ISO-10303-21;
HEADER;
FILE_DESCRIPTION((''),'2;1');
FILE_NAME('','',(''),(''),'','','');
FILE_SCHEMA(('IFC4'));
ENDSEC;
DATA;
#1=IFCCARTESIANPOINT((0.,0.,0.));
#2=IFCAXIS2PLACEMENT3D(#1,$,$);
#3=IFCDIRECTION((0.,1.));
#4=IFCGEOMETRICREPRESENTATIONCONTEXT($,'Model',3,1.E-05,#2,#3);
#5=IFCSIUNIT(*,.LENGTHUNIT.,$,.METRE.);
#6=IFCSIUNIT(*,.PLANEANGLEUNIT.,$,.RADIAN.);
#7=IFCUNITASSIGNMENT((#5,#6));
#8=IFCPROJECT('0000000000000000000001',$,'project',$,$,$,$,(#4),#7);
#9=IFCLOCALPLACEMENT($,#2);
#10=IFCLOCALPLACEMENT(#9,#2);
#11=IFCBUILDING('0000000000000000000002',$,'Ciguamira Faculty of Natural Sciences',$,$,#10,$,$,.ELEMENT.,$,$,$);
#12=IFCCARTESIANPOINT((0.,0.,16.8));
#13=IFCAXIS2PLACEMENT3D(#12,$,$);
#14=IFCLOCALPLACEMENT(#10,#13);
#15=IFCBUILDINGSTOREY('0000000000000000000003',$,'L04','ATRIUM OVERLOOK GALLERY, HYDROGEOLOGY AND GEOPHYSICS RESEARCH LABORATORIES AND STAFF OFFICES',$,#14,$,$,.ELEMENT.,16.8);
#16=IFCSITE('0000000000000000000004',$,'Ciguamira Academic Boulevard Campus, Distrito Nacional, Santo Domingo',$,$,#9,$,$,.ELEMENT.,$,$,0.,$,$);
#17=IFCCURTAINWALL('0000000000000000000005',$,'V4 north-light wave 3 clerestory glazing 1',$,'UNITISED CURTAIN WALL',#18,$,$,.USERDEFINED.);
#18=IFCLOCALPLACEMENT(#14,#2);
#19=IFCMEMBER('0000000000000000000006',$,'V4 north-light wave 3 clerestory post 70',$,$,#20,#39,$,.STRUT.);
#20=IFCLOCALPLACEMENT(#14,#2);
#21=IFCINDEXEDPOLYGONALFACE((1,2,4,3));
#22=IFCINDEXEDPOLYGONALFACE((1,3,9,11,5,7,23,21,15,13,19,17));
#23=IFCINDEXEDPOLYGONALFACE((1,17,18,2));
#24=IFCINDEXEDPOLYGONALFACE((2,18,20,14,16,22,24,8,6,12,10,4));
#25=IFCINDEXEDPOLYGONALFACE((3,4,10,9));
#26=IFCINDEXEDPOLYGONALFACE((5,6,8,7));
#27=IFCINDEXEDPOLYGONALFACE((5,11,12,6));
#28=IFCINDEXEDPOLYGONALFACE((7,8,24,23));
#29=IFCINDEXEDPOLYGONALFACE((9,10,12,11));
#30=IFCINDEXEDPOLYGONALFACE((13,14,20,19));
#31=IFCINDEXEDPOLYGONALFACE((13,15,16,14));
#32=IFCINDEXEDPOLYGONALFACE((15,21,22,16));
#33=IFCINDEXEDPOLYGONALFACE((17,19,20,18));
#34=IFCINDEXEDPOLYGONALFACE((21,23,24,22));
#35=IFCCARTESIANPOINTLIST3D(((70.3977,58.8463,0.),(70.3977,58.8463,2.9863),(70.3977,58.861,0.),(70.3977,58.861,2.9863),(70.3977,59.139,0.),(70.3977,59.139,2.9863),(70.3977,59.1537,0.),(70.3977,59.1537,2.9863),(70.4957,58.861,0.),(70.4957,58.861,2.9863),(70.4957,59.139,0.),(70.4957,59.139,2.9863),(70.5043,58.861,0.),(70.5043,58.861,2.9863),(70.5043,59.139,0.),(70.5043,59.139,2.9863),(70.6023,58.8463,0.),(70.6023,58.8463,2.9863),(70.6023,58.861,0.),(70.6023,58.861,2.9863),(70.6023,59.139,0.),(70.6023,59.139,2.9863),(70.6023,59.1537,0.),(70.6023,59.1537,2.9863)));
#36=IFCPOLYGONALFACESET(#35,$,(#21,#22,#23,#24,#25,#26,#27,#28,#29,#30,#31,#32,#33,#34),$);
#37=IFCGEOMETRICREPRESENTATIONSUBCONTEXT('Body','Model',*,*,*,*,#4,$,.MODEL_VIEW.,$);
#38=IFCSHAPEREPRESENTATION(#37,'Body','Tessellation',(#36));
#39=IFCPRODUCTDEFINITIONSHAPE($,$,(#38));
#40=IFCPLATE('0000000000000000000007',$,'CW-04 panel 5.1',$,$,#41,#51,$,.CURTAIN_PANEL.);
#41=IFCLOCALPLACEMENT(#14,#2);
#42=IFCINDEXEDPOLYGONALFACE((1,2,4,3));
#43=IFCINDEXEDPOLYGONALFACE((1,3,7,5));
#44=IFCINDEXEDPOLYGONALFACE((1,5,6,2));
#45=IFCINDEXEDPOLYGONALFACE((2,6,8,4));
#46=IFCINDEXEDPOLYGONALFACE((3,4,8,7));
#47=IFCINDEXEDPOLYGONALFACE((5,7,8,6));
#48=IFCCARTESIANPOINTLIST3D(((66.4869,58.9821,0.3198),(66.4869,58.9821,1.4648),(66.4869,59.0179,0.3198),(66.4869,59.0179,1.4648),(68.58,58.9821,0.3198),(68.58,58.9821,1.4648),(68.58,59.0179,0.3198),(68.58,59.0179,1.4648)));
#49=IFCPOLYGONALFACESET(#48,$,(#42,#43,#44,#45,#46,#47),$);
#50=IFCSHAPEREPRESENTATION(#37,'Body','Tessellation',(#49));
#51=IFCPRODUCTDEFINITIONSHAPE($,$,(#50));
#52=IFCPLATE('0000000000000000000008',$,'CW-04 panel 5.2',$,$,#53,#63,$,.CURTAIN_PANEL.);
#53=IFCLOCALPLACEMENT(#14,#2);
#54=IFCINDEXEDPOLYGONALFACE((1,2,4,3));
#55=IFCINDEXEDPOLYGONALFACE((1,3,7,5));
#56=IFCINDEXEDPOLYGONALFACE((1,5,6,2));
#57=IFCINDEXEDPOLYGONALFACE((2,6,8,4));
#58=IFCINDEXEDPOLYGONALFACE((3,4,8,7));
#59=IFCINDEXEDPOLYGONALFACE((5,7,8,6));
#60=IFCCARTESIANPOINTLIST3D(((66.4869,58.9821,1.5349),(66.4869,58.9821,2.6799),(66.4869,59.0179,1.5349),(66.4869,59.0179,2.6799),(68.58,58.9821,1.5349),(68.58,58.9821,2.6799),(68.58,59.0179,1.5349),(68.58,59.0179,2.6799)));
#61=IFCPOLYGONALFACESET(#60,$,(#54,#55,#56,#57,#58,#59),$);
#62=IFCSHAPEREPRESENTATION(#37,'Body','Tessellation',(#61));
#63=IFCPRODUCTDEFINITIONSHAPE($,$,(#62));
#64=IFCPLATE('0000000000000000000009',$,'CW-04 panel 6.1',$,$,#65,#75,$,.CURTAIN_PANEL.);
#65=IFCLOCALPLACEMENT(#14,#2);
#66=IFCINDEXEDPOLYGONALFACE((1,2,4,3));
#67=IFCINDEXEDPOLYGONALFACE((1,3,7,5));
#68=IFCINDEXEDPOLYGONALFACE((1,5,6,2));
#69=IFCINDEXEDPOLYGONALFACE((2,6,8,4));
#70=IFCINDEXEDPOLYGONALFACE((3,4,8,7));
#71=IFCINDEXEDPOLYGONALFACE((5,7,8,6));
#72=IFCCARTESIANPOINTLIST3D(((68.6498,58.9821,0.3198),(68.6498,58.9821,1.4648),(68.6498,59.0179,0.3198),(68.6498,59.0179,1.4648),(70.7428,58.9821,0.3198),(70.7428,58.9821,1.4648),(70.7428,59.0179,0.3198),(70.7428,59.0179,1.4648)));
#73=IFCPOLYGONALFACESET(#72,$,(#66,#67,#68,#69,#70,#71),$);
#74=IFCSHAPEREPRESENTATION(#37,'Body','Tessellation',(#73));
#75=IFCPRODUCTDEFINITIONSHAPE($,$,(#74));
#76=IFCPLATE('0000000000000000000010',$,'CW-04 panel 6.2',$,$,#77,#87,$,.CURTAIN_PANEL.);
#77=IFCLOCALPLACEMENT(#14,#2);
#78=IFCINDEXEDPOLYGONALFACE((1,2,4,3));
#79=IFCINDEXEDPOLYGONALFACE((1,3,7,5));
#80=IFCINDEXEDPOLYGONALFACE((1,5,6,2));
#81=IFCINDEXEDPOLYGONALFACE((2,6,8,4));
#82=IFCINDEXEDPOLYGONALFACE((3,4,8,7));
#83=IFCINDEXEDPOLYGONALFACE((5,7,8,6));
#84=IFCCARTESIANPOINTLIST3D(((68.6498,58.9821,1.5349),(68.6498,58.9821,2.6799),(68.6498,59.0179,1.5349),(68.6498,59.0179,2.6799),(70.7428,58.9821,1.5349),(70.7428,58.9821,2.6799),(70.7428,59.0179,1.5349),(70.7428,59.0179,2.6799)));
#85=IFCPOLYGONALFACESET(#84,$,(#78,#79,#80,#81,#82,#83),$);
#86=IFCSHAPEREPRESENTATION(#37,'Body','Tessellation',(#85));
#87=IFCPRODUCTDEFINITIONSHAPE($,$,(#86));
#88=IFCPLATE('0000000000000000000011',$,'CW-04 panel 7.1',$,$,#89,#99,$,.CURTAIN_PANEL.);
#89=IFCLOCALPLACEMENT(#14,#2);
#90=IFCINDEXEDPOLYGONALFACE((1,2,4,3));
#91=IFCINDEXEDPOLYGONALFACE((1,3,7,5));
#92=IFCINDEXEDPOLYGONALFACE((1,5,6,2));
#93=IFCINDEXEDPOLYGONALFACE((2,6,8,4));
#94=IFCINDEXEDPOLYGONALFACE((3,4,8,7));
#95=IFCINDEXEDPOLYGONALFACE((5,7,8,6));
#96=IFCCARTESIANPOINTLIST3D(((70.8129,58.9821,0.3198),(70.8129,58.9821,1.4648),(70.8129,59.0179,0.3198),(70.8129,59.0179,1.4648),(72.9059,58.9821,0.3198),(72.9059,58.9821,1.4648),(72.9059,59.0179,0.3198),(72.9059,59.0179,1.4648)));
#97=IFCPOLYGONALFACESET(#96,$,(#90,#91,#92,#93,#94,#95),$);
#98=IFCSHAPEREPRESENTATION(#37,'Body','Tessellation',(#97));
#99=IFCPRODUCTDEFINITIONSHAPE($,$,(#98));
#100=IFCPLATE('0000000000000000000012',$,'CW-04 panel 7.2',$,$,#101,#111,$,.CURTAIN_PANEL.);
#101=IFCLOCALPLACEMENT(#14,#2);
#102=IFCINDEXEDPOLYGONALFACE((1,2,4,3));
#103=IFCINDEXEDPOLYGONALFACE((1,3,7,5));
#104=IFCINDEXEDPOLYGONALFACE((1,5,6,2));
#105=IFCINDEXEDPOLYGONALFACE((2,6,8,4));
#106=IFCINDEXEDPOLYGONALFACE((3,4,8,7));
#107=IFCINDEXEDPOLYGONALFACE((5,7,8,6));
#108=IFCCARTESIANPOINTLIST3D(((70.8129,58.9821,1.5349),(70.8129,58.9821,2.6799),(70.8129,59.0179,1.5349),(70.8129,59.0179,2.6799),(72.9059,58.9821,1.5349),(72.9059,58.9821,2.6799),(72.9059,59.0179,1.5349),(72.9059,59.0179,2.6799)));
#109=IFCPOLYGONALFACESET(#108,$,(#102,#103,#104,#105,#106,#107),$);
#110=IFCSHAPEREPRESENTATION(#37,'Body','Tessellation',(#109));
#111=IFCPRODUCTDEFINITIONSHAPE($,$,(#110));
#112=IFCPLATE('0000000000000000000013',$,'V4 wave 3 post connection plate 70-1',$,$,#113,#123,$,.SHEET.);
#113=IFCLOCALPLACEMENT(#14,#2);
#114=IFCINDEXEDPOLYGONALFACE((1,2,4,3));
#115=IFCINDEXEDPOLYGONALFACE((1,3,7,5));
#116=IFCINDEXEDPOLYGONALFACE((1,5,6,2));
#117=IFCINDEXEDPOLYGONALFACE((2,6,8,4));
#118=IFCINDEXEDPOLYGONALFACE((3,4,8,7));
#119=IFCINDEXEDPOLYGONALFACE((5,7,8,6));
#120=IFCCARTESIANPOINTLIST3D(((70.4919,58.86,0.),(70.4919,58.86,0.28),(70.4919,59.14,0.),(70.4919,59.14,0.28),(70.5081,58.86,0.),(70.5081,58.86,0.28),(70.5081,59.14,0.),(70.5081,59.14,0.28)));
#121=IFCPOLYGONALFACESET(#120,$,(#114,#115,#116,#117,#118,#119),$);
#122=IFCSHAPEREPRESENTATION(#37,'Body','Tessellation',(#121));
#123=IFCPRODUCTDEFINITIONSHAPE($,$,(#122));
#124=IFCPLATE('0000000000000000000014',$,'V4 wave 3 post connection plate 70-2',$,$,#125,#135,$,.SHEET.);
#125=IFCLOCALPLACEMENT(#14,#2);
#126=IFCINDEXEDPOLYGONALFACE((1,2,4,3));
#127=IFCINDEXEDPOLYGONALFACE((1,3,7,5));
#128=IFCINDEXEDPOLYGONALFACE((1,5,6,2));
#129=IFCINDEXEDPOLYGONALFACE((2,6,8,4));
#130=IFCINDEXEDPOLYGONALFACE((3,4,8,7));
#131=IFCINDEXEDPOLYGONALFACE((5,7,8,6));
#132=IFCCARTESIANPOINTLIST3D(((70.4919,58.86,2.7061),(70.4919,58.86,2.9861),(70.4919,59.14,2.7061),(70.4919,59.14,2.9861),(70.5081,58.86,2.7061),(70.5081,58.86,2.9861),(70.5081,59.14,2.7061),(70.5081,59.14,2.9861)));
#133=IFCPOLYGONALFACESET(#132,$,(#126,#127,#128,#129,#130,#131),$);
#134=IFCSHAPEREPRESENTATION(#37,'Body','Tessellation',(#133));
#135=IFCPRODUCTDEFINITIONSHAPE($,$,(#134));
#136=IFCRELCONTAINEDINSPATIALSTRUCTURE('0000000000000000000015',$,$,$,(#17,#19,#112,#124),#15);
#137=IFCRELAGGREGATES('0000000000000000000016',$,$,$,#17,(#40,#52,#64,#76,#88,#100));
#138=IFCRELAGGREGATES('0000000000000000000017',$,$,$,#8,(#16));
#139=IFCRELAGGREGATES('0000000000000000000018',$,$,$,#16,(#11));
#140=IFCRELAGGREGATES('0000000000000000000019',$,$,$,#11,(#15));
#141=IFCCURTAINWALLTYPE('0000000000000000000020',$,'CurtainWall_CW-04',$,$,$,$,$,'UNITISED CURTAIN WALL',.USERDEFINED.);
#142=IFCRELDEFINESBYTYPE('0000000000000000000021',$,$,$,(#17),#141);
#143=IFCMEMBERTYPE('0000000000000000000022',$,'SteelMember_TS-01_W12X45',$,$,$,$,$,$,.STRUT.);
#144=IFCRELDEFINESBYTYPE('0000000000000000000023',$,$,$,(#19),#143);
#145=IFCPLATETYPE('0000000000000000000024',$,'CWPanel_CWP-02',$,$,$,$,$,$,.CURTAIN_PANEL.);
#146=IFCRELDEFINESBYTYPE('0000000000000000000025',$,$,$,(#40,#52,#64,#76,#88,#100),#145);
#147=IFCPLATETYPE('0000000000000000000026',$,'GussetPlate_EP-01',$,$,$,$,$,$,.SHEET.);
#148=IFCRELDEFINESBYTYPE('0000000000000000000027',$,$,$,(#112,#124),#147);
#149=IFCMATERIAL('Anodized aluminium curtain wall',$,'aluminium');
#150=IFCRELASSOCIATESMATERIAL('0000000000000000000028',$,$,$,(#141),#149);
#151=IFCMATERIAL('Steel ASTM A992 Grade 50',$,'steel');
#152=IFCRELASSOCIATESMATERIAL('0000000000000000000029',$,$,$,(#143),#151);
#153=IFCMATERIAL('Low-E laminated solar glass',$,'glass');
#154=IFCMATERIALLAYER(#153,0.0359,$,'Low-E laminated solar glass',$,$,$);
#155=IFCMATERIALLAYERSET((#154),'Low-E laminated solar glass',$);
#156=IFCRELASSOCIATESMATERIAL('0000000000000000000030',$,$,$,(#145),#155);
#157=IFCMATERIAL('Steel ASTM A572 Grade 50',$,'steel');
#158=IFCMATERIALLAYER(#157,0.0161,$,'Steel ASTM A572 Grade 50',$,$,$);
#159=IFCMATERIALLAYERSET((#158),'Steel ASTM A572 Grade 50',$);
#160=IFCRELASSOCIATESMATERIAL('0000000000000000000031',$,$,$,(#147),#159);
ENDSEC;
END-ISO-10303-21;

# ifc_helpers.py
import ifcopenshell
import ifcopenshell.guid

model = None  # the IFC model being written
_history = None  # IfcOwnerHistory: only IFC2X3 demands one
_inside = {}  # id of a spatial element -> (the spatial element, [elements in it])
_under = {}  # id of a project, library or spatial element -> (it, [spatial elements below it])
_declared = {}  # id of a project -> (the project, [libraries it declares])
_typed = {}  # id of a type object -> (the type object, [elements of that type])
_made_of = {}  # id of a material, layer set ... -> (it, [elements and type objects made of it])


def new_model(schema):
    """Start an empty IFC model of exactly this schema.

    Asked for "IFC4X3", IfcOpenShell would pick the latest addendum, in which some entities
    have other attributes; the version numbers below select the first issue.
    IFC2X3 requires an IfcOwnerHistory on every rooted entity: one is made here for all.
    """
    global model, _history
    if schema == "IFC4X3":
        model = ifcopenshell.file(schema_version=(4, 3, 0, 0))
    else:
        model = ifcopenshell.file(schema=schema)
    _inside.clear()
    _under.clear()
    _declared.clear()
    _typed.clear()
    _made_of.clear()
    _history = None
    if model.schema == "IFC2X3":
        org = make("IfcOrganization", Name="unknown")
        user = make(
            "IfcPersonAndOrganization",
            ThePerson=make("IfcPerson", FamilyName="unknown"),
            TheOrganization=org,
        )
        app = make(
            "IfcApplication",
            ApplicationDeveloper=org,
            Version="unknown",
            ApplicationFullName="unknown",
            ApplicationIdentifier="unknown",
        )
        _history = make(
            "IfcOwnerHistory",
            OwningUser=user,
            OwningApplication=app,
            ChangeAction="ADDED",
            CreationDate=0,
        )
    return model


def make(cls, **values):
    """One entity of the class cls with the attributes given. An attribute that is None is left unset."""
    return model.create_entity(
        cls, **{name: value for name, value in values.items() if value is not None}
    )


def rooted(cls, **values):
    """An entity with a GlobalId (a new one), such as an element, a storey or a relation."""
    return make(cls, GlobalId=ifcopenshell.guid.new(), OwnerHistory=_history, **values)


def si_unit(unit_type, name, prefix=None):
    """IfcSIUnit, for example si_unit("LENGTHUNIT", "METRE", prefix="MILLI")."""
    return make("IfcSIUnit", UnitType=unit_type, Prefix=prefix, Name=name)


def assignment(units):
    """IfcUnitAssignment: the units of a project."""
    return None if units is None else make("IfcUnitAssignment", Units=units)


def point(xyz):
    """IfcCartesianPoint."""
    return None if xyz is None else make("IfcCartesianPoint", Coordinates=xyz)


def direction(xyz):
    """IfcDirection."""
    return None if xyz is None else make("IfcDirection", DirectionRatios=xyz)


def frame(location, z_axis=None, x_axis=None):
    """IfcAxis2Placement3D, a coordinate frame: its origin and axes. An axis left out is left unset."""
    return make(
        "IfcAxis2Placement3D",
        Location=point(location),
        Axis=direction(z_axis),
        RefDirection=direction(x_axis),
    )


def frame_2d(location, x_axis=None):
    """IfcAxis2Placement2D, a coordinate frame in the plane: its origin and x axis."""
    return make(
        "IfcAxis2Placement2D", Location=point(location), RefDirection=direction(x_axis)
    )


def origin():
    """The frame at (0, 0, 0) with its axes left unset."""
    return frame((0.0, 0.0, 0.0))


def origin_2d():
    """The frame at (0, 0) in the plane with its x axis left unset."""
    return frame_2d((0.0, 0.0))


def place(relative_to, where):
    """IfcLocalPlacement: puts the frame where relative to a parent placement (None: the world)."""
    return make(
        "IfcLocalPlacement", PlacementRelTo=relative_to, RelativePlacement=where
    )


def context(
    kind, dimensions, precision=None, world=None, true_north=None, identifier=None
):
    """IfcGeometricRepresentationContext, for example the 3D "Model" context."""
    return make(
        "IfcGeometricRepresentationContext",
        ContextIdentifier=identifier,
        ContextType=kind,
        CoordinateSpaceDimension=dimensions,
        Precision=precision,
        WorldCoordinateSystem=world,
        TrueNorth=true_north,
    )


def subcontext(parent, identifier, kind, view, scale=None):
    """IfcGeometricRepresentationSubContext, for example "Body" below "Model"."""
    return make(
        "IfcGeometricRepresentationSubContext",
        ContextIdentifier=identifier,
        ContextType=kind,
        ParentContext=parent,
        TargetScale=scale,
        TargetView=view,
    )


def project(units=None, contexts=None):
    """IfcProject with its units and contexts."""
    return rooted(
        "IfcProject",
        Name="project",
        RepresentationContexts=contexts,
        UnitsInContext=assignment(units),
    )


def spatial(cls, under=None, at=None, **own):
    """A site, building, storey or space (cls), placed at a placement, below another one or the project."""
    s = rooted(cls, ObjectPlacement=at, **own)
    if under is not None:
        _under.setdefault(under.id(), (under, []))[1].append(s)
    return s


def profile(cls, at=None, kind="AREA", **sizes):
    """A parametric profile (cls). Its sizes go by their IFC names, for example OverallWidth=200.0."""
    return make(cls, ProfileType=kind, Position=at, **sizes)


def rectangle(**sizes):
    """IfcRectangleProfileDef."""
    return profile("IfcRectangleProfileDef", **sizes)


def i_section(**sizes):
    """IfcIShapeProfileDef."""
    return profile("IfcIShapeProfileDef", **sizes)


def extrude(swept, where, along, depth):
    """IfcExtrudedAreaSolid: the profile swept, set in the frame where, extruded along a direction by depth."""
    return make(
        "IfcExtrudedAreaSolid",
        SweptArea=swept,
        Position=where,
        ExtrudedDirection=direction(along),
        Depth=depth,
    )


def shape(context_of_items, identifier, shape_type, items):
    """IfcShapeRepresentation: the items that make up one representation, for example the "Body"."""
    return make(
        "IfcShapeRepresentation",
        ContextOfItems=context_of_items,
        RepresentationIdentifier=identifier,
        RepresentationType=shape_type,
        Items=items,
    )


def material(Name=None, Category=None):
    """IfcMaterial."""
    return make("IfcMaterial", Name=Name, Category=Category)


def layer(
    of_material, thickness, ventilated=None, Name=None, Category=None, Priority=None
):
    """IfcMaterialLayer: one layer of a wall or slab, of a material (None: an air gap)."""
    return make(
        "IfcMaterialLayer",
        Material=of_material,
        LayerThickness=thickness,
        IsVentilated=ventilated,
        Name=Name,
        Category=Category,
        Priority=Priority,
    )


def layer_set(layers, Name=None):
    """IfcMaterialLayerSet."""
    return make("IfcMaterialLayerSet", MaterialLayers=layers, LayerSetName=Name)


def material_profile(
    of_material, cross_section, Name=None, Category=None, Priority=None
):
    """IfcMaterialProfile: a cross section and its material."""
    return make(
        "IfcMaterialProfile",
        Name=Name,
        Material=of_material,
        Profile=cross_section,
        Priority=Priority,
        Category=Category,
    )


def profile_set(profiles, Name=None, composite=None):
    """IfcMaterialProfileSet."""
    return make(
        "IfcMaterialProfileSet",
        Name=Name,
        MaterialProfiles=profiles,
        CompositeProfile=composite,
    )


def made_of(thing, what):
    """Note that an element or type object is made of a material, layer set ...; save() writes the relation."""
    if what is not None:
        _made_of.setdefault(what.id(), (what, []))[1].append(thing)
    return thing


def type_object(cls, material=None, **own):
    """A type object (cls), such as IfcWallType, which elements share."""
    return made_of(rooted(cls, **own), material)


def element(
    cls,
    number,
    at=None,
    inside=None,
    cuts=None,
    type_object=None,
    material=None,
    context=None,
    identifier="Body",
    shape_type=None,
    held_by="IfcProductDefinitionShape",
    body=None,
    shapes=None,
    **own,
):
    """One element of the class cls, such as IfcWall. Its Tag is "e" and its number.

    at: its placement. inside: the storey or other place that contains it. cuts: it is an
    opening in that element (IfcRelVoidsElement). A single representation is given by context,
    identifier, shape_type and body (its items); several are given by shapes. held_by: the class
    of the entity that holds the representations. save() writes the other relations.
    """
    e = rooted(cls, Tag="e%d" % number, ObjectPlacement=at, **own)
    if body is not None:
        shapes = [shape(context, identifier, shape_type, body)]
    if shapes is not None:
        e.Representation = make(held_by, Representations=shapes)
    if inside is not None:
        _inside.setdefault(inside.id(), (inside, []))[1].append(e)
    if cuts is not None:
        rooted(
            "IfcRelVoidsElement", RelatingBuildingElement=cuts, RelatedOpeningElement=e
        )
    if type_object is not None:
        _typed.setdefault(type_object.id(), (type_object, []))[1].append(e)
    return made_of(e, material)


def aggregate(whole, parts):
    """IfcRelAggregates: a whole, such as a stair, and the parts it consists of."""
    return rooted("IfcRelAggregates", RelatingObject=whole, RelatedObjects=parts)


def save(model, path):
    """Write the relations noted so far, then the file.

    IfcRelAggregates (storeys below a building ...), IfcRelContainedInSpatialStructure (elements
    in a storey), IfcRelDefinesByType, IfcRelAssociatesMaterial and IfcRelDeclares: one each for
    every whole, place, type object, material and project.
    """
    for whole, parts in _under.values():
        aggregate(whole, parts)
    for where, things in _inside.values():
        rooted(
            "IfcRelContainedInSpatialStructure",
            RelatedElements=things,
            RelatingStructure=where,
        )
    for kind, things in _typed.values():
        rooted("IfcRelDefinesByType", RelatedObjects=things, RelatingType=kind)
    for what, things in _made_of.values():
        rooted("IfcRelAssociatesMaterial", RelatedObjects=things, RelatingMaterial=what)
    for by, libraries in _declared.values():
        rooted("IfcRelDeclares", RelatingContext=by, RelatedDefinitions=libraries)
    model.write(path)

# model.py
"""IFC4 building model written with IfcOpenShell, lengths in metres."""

from ifc_helpers import new_model, si_unit, direction, frame, origin, origin_2d, place, context, subcontext, project, spatial, rectangle, i_section, extrude, material, layer, layer_set, material_profile, profile_set, type_object, element, aggregate, save


model = new_model("IFC4")

# Units and contexts
model_context = context("Model", 3, precision=1e-05, world=origin(), true_north=direction((0.0, 1.0)))
body_context = subcontext(model_context, "Body", "Model", "MODEL_VIEW")
ifc_project = project(units=[si_unit("LENGTHUNIT", "METRE"), si_unit("PLANEANGLEUNIT", "RADIAN")], contexts=[model_context])

# Site, building, storey
site_placement = place(None, origin())
site = spatial("IfcSite", under=ifc_project, at=site_placement, Name="Ciguamira Academic Boulevard Campus, Distrito Nacional, Santo Domingo", CompositionType="ELEMENT", RefElevation=0.0)
building_placement = place(site_placement, origin())
building = spatial("IfcBuilding", under=site, at=building_placement, Name="Ciguamira Faculty of Natural Sciences", CompositionType="ELEMENT")
storey_placement = place(building_placement, frame((0.0, 0.0, 16.8)))
storey = spatial("IfcBuildingStorey", under=building, at=storey_placement, Name="L04", Description="ATRIUM OVERLOOK GALLERY, HYDROGEOLOGY AND GEOPHYSICS RESEARCH LABORATORIES AND STAFF OFFICES", CompositionType="ELEMENT", Elevation=16.8)

# Curtain wall
ifc_material_1 = material(Name="Anodized aluminium curtain wall", Category="aluminium")
curtain_wall_type = type_object("IfcCurtainWallType", Name="CurtainWall_CW-04", ElementType="UNITISED CURTAIN WALL", PredefinedType="USERDEFINED", material=ifc_material_1)
curtain_wall_placement = place(storey_placement, origin())
curtain_wall = element("IfcCurtainWall", 1, at=curtain_wall_placement, inside=storey, type_object=curtain_wall_type, Name="V4 north-light wave 3 clerestory glazing 1", ObjectType="UNITISED CURTAIN WALL", PredefinedType="USERDEFINED")

# Member
ifc_material_2 = material(Name="Steel ASTM A992 Grade 50", Category="steel")
ifc_material_profile_1 = material_profile(ifc_material_2, i_section(OverallWidth=0.2046, OverallDepth=0.3074, WebThickness=0.0085, FlangeThickness=0.0146, at=origin_2d()), Name="W12X45")
ifc_profile_set_1 = profile_set([ifc_material_profile_1], Name="Steel ASTM A992 Grade 50")
member_type_1 = type_object("IfcMemberType", Name="SteelMember_TS-01_W12X45", PredefinedType="STRUT", material=ifc_profile_set_1)
member_1_placement = place(storey_placement, frame((70.5, 59.0, 0.0), z_axis=(0.0, 0.0, 1.0), x_axis=(1.0, 0.0, 0.0)))
element("IfcMember", 2, at=member_1_placement, inside=storey, type_object=member_type_1, Name="V4 north-light wave 3 clerestory post 70", PredefinedType="STRUT", context=body_context, shape_type="SweptSolid", body=[
    extrude(i_section(OverallWidth=0.2046, OverallDepth=0.3074, WebThickness=0.0085, FlangeThickness=0.0146, at=origin_2d()), origin(), (0.0, 0.0, 1.0), 2.9863),
])

# Plates
ifc_material_3 = material(Name="Low-E laminated solar glass", Category="glass")
ifc_layer_1 = layer(ifc_material_3, 0.0359, Name="Low-E laminated solar glass")
ifc_layer_set_1 = layer_set([ifc_layer_1], Name="Low-E laminated solar glass")
plate_type_1 = type_object("IfcPlateType", Name="CWPanel_CWP-02", PredefinedType="CURTAIN_PANEL", material=ifc_layer_set_1)
plate_1_placement = place(storey_placement, frame((67.5334, 59.0, 0.3198), z_axis=(0.0, 0.0, 1.0), x_axis=(1.0, 0.0, 0.0)))
plate_1 = element("IfcPlate", 3, at=plate_1_placement, type_object=plate_type_1, Name="CW-04 panel 5.1", PredefinedType="CURTAIN_PANEL", context=body_context, shape_type="SweptSolid", body=[
    extrude(rectangle(XDim=2.093, YDim=0.0359, at=origin_2d()), origin(), (0.0, 0.0, 1.0), 1.145),
])
plate_2_placement = place(storey_placement, frame((67.5334, 59.0, 1.5349), z_axis=(0.0, 0.0, 1.0), x_axis=(1.0, 0.0, 0.0)))
plate_2 = element("IfcPlate", 4, at=plate_2_placement, type_object=plate_type_1, Name="CW-04 panel 5.2", PredefinedType="CURTAIN_PANEL", context=body_context, shape_type="SweptSolid", body=[
    extrude(rectangle(XDim=2.093, YDim=0.0359, at=origin_2d()), origin(), (0.0, 0.0, 1.0), 1.145),
])
plate_3_placement = place(storey_placement, frame((69.6963, 59.0, 0.3198), z_axis=(0.0, 0.0, 1.0), x_axis=(1.0, 0.0, 0.0)))
plate_3 = element("IfcPlate", 5, at=plate_3_placement, type_object=plate_type_1, Name="CW-04 panel 6.1", PredefinedType="CURTAIN_PANEL", context=body_context, shape_type="SweptSolid", body=[
    extrude(rectangle(XDim=2.093, YDim=0.0359, at=origin_2d()), origin(), (0.0, 0.0, 1.0), 1.145),
])
plate_4_placement = place(storey_placement, frame((69.6963, 59.0, 1.5349), z_axis=(0.0, 0.0, 1.0), x_axis=(1.0, 0.0, 0.0)))
plate_4 = element("IfcPlate", 6, at=plate_4_placement, type_object=plate_type_1, Name="CW-04 panel 6.2", PredefinedType="CURTAIN_PANEL", context=body_context, shape_type="SweptSolid", body=[
    extrude(rectangle(XDim=2.093, YDim=0.0359, at=origin_2d()), origin(), (0.0, 0.0, 1.0), 1.145),
])
plate_5_placement = place(storey_placement, frame((71.8594, 59.0, 0.3198), z_axis=(0.0, 0.0, 1.0), x_axis=(1.0, 0.0, 0.0)))
plate_5 = element("IfcPlate", 7, at=plate_5_placement, type_object=plate_type_1, Name="CW-04 panel 7.1", PredefinedType="CURTAIN_PANEL", context=body_context, shape_type="SweptSolid", body=[
    extrude(rectangle(XDim=2.093, YDim=0.0359, at=origin_2d()), origin(), (0.0, 0.0, 1.0), 1.145),
])
plate_6_placement = place(storey_placement, frame((71.8594, 59.0, 1.5349), z_axis=(0.0, 0.0, 1.0), x_axis=(1.0, 0.0, 0.0)))
plate_6 = element("IfcPlate", 8, at=plate_6_placement, type_object=plate_type_1, Name="CW-04 panel 7.2", PredefinedType="CURTAIN_PANEL", context=body_context, shape_type="SweptSolid", body=[
    extrude(rectangle(XDim=2.093, YDim=0.0359, at=origin_2d()), origin(), (0.0, 0.0, 1.0), 1.145),
])
aggregate(curtain_wall, [plate_1, plate_2, plate_3, plate_4, plate_5, plate_6])

# Plates
ifc_material_4 = material(Name="Steel ASTM A572 Grade 50", Category="steel")
ifc_layer_2 = layer(ifc_material_4, 0.0161, Name="Steel ASTM A572 Grade 50")
ifc_layer_set_2 = layer_set([ifc_layer_2], Name="Steel ASTM A572 Grade 50")
plate_type_2 = type_object("IfcPlateType", Name="GussetPlate_EP-01", PredefinedType="SHEET", material=ifc_layer_set_2)
for number, where, z_axis, x_axis, name in (
    (9, (70.5, 59.0, 0.0), (0.0, 0.0, 1.0), (1.0, 0.0, 0.0), "V4 wave 3 post connection plate 70-1"),
    (10, (70.5, 59.0, 2.7061), (0.0, 0.0, 1.0), (1.0, 0.0, 0.0), "V4 wave 3 post connection plate 70-2"),
):
    element("IfcPlate", number, at=place(storey_placement, frame(where, z_axis=z_axis, x_axis=x_axis)), inside=storey, type_object=plate_type_2, Name=name, PredefinedType="SHEET", context=body_context, shape_type="SweptSolid", body=[
        extrude(rectangle(XDim=0.0161, YDim=0.28, at=origin_2d()), origin(), (0.0, 0.0, 1.0), 0.28),
    ])

save(model, "model.ifc")
